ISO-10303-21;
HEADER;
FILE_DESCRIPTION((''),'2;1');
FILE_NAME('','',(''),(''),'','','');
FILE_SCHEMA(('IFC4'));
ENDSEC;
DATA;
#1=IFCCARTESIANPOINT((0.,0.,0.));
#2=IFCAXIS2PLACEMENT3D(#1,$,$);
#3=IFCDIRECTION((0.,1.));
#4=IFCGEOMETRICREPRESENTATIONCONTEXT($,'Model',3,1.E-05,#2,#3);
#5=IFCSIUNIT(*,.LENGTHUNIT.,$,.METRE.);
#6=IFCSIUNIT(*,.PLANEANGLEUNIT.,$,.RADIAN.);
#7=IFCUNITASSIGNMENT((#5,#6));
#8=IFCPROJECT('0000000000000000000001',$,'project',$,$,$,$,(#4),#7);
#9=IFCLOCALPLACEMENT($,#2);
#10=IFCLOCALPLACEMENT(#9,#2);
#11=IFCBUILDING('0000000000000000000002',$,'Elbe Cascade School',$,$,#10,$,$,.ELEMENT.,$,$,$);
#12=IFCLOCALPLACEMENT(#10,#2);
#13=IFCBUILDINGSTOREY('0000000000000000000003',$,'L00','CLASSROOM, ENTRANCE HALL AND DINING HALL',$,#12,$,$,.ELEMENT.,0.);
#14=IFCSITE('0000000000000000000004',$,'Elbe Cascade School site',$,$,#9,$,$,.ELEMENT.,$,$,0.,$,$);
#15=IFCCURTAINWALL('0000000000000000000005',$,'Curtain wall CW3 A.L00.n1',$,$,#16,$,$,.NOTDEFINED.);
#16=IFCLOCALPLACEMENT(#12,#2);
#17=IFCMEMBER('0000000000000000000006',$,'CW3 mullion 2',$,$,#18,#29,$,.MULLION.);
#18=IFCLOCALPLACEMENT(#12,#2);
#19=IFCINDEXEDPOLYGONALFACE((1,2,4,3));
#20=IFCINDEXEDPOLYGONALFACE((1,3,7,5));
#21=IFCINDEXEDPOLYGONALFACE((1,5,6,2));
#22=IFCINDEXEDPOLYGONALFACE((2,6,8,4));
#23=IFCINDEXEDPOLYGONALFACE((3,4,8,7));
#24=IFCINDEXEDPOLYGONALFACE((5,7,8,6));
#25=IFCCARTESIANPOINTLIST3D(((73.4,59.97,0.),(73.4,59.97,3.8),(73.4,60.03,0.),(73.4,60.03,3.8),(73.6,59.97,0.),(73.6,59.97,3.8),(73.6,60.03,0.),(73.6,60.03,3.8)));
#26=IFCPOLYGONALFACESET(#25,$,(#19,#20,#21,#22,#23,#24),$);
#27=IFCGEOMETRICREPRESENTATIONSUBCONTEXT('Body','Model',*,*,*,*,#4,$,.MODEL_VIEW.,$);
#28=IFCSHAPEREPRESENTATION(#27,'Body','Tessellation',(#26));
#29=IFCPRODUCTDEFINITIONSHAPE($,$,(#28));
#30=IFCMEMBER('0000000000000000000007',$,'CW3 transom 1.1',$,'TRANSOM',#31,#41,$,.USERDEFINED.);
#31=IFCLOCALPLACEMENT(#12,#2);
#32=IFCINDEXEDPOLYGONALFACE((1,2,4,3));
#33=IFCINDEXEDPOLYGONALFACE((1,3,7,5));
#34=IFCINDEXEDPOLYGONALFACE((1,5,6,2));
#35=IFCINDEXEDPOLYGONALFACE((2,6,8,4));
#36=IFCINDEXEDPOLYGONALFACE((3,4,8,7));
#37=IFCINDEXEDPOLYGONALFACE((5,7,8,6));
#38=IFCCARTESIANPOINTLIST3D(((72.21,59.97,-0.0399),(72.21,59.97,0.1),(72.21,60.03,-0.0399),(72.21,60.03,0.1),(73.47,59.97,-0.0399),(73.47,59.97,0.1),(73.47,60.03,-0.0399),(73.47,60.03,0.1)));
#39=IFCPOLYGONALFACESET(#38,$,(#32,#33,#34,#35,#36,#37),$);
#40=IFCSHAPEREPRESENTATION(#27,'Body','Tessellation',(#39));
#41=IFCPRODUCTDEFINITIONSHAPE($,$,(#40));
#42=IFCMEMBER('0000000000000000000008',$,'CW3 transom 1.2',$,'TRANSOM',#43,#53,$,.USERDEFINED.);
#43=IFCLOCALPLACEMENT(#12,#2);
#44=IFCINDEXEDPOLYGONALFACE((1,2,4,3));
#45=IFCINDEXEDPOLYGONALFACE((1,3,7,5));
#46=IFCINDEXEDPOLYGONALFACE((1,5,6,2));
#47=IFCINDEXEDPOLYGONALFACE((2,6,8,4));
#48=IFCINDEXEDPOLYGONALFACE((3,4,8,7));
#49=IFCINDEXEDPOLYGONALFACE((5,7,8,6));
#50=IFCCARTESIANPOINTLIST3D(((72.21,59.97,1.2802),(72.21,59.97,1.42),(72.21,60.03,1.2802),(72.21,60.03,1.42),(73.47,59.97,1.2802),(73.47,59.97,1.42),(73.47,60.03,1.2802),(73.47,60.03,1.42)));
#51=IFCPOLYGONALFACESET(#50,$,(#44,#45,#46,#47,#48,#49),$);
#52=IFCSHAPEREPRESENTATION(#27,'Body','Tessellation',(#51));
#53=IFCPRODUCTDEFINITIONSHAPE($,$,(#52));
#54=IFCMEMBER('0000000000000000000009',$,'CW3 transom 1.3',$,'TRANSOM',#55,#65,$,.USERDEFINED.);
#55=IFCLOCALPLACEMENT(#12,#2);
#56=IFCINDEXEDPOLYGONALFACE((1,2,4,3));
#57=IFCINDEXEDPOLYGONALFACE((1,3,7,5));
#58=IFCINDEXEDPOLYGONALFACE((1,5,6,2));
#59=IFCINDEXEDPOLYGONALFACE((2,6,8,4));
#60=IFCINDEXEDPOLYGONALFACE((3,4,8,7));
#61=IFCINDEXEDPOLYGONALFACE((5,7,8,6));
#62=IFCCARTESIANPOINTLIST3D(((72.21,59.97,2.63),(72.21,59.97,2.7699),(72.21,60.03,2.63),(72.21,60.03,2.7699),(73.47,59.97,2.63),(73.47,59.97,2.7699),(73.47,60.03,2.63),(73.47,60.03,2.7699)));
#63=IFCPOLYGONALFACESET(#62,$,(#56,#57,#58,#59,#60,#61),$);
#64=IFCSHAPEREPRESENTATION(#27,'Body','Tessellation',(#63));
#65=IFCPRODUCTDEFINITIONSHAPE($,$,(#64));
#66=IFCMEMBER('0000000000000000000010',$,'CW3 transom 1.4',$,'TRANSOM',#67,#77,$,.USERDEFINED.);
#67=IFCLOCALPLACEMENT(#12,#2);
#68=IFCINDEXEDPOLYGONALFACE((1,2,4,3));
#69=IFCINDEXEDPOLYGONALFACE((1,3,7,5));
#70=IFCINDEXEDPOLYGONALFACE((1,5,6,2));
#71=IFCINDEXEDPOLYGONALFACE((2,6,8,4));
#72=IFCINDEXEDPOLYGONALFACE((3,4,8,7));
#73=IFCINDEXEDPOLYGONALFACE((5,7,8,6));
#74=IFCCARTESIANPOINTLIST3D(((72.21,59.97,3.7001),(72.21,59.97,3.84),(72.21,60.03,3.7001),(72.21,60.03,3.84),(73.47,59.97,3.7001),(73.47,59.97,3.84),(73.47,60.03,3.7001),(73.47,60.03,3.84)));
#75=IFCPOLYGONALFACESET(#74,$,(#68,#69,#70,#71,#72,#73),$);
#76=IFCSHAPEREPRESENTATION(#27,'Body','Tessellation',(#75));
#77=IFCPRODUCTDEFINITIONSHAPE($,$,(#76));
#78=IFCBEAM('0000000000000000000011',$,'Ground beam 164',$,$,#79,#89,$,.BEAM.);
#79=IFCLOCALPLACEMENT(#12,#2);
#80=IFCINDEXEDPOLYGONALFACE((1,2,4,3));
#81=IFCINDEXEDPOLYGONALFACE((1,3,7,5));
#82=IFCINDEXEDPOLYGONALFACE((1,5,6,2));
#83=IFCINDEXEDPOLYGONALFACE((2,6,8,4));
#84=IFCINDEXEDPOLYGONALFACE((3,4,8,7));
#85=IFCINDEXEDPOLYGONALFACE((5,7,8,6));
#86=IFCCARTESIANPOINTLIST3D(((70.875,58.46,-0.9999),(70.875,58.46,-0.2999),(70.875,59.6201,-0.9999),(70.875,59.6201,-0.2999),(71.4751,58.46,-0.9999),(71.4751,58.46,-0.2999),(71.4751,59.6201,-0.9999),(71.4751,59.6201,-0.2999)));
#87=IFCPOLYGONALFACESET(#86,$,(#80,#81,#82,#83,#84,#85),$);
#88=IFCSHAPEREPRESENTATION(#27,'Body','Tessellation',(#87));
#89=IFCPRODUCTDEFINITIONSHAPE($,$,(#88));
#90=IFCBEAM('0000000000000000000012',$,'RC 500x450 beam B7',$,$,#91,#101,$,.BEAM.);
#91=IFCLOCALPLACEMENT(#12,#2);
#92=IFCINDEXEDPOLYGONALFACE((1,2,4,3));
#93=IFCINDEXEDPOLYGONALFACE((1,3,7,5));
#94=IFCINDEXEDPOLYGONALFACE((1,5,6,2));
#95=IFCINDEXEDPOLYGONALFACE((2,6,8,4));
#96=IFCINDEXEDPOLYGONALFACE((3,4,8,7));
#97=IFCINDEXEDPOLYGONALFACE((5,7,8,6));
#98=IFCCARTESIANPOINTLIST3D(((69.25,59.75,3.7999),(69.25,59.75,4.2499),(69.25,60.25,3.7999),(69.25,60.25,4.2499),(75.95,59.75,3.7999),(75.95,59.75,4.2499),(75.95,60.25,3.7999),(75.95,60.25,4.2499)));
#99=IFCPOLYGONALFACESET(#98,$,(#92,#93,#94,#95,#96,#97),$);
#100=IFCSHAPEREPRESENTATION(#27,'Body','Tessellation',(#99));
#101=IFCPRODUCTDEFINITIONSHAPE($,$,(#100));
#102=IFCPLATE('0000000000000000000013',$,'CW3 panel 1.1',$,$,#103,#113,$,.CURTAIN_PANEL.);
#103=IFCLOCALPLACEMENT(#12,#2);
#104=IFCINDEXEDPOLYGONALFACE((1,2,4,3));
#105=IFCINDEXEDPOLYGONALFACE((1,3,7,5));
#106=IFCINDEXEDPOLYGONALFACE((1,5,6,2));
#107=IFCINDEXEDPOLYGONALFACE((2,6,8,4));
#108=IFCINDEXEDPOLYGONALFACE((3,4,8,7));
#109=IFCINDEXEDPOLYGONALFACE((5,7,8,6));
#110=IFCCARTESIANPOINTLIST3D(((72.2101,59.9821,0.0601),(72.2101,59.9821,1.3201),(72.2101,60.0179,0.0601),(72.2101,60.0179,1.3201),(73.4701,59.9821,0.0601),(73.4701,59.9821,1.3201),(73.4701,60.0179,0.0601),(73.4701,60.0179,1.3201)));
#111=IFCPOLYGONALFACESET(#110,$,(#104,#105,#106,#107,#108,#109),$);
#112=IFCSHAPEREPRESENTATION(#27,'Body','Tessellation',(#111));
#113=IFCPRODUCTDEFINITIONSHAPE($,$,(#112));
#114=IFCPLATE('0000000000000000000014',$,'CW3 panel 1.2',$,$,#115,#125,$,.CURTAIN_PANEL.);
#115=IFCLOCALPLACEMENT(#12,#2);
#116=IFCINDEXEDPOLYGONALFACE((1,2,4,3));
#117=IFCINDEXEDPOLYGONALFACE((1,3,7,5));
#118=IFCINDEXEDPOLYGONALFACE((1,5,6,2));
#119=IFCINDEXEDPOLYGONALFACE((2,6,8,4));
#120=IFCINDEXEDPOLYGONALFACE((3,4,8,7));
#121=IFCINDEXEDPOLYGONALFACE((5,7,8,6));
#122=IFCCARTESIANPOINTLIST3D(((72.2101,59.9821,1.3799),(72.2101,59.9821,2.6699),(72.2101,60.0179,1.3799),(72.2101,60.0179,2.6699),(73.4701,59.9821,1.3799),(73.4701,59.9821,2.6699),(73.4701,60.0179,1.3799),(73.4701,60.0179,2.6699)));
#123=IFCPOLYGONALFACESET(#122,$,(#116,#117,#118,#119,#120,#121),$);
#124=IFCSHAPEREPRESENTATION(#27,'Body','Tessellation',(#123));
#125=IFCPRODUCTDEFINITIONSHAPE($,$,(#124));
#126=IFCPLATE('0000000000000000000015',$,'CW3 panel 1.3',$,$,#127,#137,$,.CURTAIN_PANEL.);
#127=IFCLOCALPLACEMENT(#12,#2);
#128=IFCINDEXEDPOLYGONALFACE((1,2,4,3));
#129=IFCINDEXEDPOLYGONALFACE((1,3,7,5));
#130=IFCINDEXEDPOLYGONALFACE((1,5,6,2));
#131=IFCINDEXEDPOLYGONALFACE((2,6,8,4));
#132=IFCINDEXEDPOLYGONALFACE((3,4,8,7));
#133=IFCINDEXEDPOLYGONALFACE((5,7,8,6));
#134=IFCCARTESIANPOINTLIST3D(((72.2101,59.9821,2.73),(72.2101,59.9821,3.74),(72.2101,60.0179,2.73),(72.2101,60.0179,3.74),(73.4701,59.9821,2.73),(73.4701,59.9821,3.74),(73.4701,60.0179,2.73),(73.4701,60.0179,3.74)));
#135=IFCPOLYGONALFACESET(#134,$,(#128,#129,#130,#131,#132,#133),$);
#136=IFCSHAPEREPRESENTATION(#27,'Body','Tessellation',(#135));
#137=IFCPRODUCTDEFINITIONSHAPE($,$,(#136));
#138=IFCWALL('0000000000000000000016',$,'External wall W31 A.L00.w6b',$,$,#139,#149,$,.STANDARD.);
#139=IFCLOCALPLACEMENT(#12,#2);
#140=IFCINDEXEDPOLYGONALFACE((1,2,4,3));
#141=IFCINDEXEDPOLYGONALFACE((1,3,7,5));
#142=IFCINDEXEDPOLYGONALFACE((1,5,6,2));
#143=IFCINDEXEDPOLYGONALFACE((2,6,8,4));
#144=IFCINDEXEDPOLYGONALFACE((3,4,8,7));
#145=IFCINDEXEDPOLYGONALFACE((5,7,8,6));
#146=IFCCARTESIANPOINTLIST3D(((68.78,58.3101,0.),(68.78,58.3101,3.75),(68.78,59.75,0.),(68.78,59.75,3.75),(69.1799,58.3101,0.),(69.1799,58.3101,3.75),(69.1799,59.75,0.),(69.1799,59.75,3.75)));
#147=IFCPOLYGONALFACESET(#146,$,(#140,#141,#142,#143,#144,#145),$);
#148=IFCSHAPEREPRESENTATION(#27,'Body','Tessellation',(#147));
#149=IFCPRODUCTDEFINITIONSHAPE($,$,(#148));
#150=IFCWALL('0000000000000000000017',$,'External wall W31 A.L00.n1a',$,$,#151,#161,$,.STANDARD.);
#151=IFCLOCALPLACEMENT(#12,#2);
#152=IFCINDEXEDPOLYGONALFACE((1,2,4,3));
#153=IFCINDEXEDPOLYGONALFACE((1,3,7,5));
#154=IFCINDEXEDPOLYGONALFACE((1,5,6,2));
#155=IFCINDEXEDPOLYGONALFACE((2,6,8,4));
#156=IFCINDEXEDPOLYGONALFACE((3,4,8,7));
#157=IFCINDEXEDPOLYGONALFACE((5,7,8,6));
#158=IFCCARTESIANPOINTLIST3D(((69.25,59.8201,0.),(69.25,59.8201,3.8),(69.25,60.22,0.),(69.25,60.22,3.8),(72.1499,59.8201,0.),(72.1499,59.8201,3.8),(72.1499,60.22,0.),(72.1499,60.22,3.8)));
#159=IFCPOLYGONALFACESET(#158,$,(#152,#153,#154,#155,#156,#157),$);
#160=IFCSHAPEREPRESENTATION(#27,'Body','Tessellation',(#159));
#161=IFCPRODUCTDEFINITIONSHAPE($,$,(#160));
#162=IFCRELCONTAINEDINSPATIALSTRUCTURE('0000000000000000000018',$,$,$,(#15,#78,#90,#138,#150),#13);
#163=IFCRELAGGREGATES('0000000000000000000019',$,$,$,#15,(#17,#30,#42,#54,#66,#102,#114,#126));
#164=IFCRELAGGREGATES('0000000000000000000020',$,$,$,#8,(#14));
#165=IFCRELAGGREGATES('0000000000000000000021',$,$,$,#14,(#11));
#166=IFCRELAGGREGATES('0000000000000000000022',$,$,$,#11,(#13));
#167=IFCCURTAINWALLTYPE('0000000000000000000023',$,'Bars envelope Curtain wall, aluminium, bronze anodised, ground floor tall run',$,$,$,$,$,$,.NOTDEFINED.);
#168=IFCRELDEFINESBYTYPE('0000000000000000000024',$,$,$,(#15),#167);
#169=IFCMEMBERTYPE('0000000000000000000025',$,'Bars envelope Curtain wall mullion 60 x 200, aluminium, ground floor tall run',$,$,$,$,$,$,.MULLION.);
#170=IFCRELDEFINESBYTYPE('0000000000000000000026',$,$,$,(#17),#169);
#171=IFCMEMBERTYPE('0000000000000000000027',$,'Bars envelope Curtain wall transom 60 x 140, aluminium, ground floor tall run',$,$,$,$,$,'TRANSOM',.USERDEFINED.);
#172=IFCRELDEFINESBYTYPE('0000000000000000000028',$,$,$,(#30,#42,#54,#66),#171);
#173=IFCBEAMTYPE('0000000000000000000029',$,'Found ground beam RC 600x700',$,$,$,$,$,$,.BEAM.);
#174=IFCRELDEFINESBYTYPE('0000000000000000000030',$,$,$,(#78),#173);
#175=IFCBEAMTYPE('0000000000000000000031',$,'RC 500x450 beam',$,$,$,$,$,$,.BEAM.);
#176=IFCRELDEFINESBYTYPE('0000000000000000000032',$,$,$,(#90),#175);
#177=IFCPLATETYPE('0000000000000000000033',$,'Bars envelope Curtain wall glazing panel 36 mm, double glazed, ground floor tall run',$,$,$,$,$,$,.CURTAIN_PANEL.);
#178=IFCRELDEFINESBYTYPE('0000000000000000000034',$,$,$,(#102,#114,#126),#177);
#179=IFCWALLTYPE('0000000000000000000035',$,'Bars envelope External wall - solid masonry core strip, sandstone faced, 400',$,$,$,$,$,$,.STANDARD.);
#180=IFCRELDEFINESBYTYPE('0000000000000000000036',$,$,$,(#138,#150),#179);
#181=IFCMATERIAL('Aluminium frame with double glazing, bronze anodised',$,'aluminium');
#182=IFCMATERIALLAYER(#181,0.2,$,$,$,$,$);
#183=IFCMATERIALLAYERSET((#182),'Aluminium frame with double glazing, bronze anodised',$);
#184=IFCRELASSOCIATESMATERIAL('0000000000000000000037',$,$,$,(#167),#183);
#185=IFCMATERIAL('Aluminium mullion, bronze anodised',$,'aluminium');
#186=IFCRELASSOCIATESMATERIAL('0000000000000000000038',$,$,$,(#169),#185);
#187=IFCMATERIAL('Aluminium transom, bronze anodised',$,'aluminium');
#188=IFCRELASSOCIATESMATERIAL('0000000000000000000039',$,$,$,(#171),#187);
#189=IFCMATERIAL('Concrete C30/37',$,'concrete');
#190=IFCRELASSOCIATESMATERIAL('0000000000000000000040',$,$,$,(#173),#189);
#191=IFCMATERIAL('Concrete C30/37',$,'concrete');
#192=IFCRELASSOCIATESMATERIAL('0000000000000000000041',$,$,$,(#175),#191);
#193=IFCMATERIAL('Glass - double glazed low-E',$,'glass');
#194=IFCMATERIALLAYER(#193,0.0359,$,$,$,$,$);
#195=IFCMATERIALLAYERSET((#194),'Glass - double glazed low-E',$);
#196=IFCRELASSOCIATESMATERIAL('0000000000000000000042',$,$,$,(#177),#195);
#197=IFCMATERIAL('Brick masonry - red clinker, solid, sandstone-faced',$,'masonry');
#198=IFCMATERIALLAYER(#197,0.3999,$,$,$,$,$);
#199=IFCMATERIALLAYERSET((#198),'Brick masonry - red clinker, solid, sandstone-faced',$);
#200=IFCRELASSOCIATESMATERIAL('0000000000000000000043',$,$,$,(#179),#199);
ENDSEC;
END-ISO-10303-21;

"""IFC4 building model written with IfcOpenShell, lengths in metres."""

from ifc_helpers import new_model, si_unit, direction, frame, frame_2d, origin, origin_2d, place, context, subcontext, project, spatial, rectangle, extrude, material, layer, layer_set, material_profile, profile_set, type_object, element, aggregate, save


model = new_model("IFC4")

# Units and contexts
model_context = context("Model", 3, precision=1e-05, world=origin(), true_north=direction((0.0, 1.0)))
body_context = subcontext(model_context, "Body", "Model", "MODEL_VIEW")
ifc_project = project(units=[si_unit("LENGTHUNIT", "METRE"), si_unit("PLANEANGLEUNIT", "RADIAN")], contexts=[model_context])

# Site, building, storey
site_placement = place(None, origin())
site = spatial("IfcSite", under=ifc_project, at=site_placement, Name="Elbe Cascade School site", CompositionType="ELEMENT", RefElevation=0.0)
building_placement = place(site_placement, origin())
building = spatial("IfcBuilding", under=site, at=building_placement, Name="Elbe Cascade School", CompositionType="ELEMENT")
storey_placement = place(building_placement, origin())
storey = spatial("IfcBuildingStorey", under=building, at=storey_placement, Name="L00", Description="CLASSROOM, ENTRANCE HALL AND DINING HALL", CompositionType="ELEMENT", Elevation=0.0)

# Shared definitions
ifc_material_1 = material(Name="Aluminium frame with double glazing, bronze anodised", Category="aluminium")
ifc_layer_1 = layer(ifc_material_1, 0.2)
ifc_layer_set_1 = layer_set([ifc_layer_1], Name="Aluminium frame with double glazing, bronze anodised")
curtain_wall_type = type_object("IfcCurtainWallType", Name="Bars envelope Curtain wall, aluminium, bronze anodised, ground floor tall run", PredefinedType="NOTDEFINED", material=ifc_layer_set_1)
ifc_material_2 = material(Name="Aluminium mullion, bronze anodised", Category="aluminium")
ifc_material_profile_1 = material_profile(ifc_material_2, rectangle(XDim=0.0601, YDim=0.2, at=origin_2d()), Name="Bars envelope Curtain wall mullion 60 x 200, aluminium, ground floor tall run")
ifc_profile_set_1 = profile_set([ifc_material_profile_1], Name="Aluminium mullion, bronze anodised")
member_type_1 = type_object("IfcMemberType", Name="Bars envelope Curtain wall mullion 60 x 200, aluminium, ground floor tall run", PredefinedType="MULLION", material=ifc_profile_set_1)

# Curtain wall, members
curtain_wall_1_placement = place(storey_placement, origin())
curtain_wall_1 = element("IfcCurtainWall", 1, at=curtain_wall_1_placement, inside=storey, type_object=curtain_wall_type, Name="Curtain wall CW3 A.L00.n1", PredefinedType="NOTDEFINED")
member_1_placement = place(storey_placement, frame((73.5, 60.0, 0.0), z_axis=(0.0, 0.0, 1.0), x_axis=(0.0, 1.0, 0.0)))
member_1 = element("IfcMember", 2, at=member_1_placement, type_object=member_type_1, Name="CW3 mullion 2", PredefinedType="MULLION", context=body_context, shape_type="SweptSolid", body=[
    extrude(rectangle(XDim=0.0601, YDim=0.2, at=origin_2d()), origin(), (0.0, 0.0, 1.0), 3.8),
])
ifc_material_3 = material(Name="Aluminium transom, bronze anodised", Category="aluminium")
ifc_material_profile_2 = material_profile(ifc_material_3, rectangle(XDim=0.0601, YDim=0.1399, at=origin_2d()), Name="Bars envelope Curtain wall transom 60 x 140, aluminium, ground floor tall run")
ifc_profile_set_2 = profile_set([ifc_material_profile_2], Name="Aluminium transom, bronze anodised")
member_type_2 = type_object("IfcMemberType", Name="Bars envelope Curtain wall transom 60 x 140, aluminium, ground floor tall run", ElementType="TRANSOM", PredefinedType="USERDEFINED", material=ifc_profile_set_2)
member_2_placement = place(storey_placement, frame((72.21, 60.0, 0.03), z_axis=(1.0, 0.0, 0.0), x_axis=(0.0, 1.0, 0.0)))
member_2 = element("IfcMember", 3, at=member_2_placement, type_object=member_type_2, Name="CW3 transom 1.1", ObjectType="TRANSOM", PredefinedType="USERDEFINED", context=body_context, shape_type="SweptSolid", body=[
    extrude(rectangle(XDim=0.0601, YDim=0.1399, at=origin_2d()), origin(), (0.0, 0.0, 1.0), 1.26),
])
member_3_placement = place(storey_placement, frame((72.21, 60.0, 1.3501), z_axis=(1.0, 0.0, 0.0), x_axis=(0.0, 1.0, 0.0)))
member_3 = element("IfcMember", 4, at=member_3_placement, type_object=member_type_2, Name="CW3 transom 1.2", ObjectType="TRANSOM", PredefinedType="USERDEFINED", context=body_context, shape_type="SweptSolid", body=[
    extrude(rectangle(XDim=0.0601, YDim=0.1399, at=origin_2d()), origin(), (0.0, 0.0, 1.0), 1.26),
])
member_4_placement = place(storey_placement, frame((72.21, 60.0, 2.7), z_axis=(1.0, 0.0, 0.0), x_axis=(0.0, 1.0, 0.0)))
member_4 = element("IfcMember", 5, at=member_4_placement, type_object=member_type_2, Name="CW3 transom 1.3", ObjectType="TRANSOM", PredefinedType="USERDEFINED", context=body_context, shape_type="SweptSolid", body=[
    extrude(rectangle(XDim=0.0601, YDim=0.1399, at=origin_2d()), origin(), (0.0, 0.0, 1.0), 1.26),
])
member_5_placement = place(storey_placement, frame((72.21, 60.0, 3.77), z_axis=(1.0, 0.0, 0.0), x_axis=(0.0, 1.0, 0.0)))
member_5 = element("IfcMember", 6, at=member_5_placement, type_object=member_type_2, Name="CW3 transom 1.4", ObjectType="TRANSOM", PredefinedType="USERDEFINED", context=body_context, shape_type="SweptSolid", body=[
    extrude(rectangle(XDim=0.0601, YDim=0.1399, at=origin_2d()), origin(), (0.0, 0.0, 1.0), 1.26),
])

# Beams
ifc_material_4 = material(Name="Concrete C30/37", Category="concrete")
ifc_material_profile_3 = material_profile(ifc_material_4, rectangle(XDim=0.6001, YDim=0.7, at=origin_2d()), Name="RC 600x700")
ifc_profile_set_3 = profile_set([ifc_material_profile_3], Name="Concrete C30/37")
beam_type_1 = type_object("IfcBeamType", Name="Found ground beam RC 600x700", PredefinedType="BEAM", material=ifc_profile_set_3)
beam_1_placement = place(storey_placement, frame((71.175, 58.46, -0.6499), z_axis=(0.0, 1.0, 0.0), x_axis=(-1.0, 0.0, 0.0)))
element("IfcBeam", 7, at=beam_1_placement, inside=storey, type_object=beam_type_1, Name="Ground beam 164", PredefinedType="BEAM", context=body_context, shape_type="SweptSolid", body=[
    extrude(rectangle(XDim=0.6001, YDim=0.7, at=origin_2d()), origin(), (0.0, 0.0, 1.0), 1.1602),
])
ifc_material_5 = material(Name="Concrete C30/37", Category="concrete")
ifc_material_profile_4 = material_profile(ifc_material_5, rectangle(XDim=0.5, YDim=0.45, at=origin_2d()), Name="RC 500x450")
ifc_profile_set_4 = profile_set([ifc_material_profile_4], Name="Concrete C30/37")
beam_type_2 = type_object("IfcBeamType", Name="RC 500x450 beam", PredefinedType="BEAM", material=ifc_profile_set_4)
beam_2_placement = place(storey_placement, frame((69.25, 60.0, 4.0249), z_axis=(1.0, 0.0, 0.0), x_axis=(0.0, 1.0, 0.0)))
element("IfcBeam", 8, at=beam_2_placement, inside=storey, type_object=beam_type_2, Name="RC 500x450 beam B7", PredefinedType="BEAM", context=body_context, shape_type="SweptSolid", body=[
    extrude(rectangle(XDim=0.5, YDim=0.45, at=origin_2d()), origin(), (0.0, 0.0, 1.0), 6.7),
])

# Plates
ifc_material_6 = material(Name="Glass - double glazed low-E", Category="glass")
ifc_layer_2 = layer(ifc_material_6, 0.0359)
ifc_layer_set_2 = layer_set([ifc_layer_2], Name="Glass - double glazed low-E")
plate_type = type_object("IfcPlateType", Name="Bars envelope Curtain wall glazing panel 36 mm, double glazed, ground floor tall run", PredefinedType="CURTAIN_PANEL", material=ifc_layer_set_2)
plate_1_placement = place(storey_placement, frame((72.8401, 60.0, 0.0601), z_axis=(0.0, 0.0, 1.0), x_axis=(1.0, 0.0, 0.0)))
plate_1 = element("IfcPlate", 9, at=plate_1_placement, type_object=plate_type, Name="CW3 panel 1.1", PredefinedType="CURTAIN_PANEL", context=body_context, shape_type="SweptSolid", body=[
    extrude(rectangle(XDim=1.26, YDim=0.0359, at=origin_2d()), origin(), (0.0, 0.0, 1.0), 1.26),
])
plate_2_placement = place(storey_placement, frame((72.8401, 60.0, 1.3799), z_axis=(0.0, 0.0, 1.0), x_axis=(1.0, 0.0, 0.0)))
plate_2 = element("IfcPlate", 10, at=plate_2_placement, type_object=plate_type, Name="CW3 panel 1.2", PredefinedType="CURTAIN_PANEL", context=body_context, shape_type="SweptSolid", body=[
    extrude(rectangle(XDim=1.26, YDim=0.0359, at=origin_2d()), origin(), (0.0, 0.0, 1.0), 1.29),
])
plate_3_placement = place(storey_placement, frame((72.8401, 60.0, 2.73), z_axis=(0.0, 0.0, 1.0), x_axis=(1.0, 0.0, 0.0)))
plate_3 = element("IfcPlate", 11, at=plate_3_placement, type_object=plate_type, Name="CW3 panel 1.3", PredefinedType="CURTAIN_PANEL", context=body_context, shape_type="SweptSolid", body=[
    extrude(rectangle(XDim=1.26, YDim=0.0359, at=origin_2d()), origin(), (0.0, 0.0, 1.0), 1.01),
])
aggregate(curtain_wall_1, [member_1, member_2, member_3, member_4, member_5, plate_1, plate_2, plate_3])

# Walls
ifc_material_7 = material(Name="Brick masonry - red clinker, solid, sandstone-faced", Category="masonry")
ifc_layer_3 = layer(ifc_material_7, 0.3999)
ifc_layer_set_3 = layer_set([ifc_layer_3], Name="Brick masonry - red clinker, solid, sandstone-faced")
wall_type = type_object("IfcWallType", Name="Bars envelope External wall - solid masonry core strip, sandstone faced, 400", PredefinedType="STANDARD", material=ifc_layer_set_3)
wall_1_placement = place(storey_placement, frame((68.98, 58.3101, 0.0), z_axis=(0.0, 0.0, 1.0), x_axis=(0.0, 1.0, 0.0)))
element("IfcWall", 12, at=wall_1_placement, inside=storey, type_object=wall_type, Name="External wall W31 A.L00.w6b", PredefinedType="STANDARD", context=body_context, shape_type="SweptSolid", body=[
    extrude(rectangle(XDim=1.4399, YDim=0.3999, at=frame_2d((0.72, 0.0))), origin(), (0.0, 0.0, 1.0), 3.75),
])
wall_2_placement = place(storey_placement, frame((69.25, 60.02, 0.0), z_axis=(0.0, 0.0, 1.0), x_axis=(1.0, 0.0, 0.0)))
element("IfcWall", 13, at=wall_2_placement, inside=storey, type_object=wall_type, Name="External wall W31 A.L00.n1a", PredefinedType="STANDARD", context=body_context, shape_type="SweptSolid", body=[
    extrude(rectangle(XDim=2.8999, YDim=0.3999, at=frame_2d((1.45, 0.0))), origin(), (0.0, 0.0, 1.0), 3.8),
])

save(model, "model.ifc")
